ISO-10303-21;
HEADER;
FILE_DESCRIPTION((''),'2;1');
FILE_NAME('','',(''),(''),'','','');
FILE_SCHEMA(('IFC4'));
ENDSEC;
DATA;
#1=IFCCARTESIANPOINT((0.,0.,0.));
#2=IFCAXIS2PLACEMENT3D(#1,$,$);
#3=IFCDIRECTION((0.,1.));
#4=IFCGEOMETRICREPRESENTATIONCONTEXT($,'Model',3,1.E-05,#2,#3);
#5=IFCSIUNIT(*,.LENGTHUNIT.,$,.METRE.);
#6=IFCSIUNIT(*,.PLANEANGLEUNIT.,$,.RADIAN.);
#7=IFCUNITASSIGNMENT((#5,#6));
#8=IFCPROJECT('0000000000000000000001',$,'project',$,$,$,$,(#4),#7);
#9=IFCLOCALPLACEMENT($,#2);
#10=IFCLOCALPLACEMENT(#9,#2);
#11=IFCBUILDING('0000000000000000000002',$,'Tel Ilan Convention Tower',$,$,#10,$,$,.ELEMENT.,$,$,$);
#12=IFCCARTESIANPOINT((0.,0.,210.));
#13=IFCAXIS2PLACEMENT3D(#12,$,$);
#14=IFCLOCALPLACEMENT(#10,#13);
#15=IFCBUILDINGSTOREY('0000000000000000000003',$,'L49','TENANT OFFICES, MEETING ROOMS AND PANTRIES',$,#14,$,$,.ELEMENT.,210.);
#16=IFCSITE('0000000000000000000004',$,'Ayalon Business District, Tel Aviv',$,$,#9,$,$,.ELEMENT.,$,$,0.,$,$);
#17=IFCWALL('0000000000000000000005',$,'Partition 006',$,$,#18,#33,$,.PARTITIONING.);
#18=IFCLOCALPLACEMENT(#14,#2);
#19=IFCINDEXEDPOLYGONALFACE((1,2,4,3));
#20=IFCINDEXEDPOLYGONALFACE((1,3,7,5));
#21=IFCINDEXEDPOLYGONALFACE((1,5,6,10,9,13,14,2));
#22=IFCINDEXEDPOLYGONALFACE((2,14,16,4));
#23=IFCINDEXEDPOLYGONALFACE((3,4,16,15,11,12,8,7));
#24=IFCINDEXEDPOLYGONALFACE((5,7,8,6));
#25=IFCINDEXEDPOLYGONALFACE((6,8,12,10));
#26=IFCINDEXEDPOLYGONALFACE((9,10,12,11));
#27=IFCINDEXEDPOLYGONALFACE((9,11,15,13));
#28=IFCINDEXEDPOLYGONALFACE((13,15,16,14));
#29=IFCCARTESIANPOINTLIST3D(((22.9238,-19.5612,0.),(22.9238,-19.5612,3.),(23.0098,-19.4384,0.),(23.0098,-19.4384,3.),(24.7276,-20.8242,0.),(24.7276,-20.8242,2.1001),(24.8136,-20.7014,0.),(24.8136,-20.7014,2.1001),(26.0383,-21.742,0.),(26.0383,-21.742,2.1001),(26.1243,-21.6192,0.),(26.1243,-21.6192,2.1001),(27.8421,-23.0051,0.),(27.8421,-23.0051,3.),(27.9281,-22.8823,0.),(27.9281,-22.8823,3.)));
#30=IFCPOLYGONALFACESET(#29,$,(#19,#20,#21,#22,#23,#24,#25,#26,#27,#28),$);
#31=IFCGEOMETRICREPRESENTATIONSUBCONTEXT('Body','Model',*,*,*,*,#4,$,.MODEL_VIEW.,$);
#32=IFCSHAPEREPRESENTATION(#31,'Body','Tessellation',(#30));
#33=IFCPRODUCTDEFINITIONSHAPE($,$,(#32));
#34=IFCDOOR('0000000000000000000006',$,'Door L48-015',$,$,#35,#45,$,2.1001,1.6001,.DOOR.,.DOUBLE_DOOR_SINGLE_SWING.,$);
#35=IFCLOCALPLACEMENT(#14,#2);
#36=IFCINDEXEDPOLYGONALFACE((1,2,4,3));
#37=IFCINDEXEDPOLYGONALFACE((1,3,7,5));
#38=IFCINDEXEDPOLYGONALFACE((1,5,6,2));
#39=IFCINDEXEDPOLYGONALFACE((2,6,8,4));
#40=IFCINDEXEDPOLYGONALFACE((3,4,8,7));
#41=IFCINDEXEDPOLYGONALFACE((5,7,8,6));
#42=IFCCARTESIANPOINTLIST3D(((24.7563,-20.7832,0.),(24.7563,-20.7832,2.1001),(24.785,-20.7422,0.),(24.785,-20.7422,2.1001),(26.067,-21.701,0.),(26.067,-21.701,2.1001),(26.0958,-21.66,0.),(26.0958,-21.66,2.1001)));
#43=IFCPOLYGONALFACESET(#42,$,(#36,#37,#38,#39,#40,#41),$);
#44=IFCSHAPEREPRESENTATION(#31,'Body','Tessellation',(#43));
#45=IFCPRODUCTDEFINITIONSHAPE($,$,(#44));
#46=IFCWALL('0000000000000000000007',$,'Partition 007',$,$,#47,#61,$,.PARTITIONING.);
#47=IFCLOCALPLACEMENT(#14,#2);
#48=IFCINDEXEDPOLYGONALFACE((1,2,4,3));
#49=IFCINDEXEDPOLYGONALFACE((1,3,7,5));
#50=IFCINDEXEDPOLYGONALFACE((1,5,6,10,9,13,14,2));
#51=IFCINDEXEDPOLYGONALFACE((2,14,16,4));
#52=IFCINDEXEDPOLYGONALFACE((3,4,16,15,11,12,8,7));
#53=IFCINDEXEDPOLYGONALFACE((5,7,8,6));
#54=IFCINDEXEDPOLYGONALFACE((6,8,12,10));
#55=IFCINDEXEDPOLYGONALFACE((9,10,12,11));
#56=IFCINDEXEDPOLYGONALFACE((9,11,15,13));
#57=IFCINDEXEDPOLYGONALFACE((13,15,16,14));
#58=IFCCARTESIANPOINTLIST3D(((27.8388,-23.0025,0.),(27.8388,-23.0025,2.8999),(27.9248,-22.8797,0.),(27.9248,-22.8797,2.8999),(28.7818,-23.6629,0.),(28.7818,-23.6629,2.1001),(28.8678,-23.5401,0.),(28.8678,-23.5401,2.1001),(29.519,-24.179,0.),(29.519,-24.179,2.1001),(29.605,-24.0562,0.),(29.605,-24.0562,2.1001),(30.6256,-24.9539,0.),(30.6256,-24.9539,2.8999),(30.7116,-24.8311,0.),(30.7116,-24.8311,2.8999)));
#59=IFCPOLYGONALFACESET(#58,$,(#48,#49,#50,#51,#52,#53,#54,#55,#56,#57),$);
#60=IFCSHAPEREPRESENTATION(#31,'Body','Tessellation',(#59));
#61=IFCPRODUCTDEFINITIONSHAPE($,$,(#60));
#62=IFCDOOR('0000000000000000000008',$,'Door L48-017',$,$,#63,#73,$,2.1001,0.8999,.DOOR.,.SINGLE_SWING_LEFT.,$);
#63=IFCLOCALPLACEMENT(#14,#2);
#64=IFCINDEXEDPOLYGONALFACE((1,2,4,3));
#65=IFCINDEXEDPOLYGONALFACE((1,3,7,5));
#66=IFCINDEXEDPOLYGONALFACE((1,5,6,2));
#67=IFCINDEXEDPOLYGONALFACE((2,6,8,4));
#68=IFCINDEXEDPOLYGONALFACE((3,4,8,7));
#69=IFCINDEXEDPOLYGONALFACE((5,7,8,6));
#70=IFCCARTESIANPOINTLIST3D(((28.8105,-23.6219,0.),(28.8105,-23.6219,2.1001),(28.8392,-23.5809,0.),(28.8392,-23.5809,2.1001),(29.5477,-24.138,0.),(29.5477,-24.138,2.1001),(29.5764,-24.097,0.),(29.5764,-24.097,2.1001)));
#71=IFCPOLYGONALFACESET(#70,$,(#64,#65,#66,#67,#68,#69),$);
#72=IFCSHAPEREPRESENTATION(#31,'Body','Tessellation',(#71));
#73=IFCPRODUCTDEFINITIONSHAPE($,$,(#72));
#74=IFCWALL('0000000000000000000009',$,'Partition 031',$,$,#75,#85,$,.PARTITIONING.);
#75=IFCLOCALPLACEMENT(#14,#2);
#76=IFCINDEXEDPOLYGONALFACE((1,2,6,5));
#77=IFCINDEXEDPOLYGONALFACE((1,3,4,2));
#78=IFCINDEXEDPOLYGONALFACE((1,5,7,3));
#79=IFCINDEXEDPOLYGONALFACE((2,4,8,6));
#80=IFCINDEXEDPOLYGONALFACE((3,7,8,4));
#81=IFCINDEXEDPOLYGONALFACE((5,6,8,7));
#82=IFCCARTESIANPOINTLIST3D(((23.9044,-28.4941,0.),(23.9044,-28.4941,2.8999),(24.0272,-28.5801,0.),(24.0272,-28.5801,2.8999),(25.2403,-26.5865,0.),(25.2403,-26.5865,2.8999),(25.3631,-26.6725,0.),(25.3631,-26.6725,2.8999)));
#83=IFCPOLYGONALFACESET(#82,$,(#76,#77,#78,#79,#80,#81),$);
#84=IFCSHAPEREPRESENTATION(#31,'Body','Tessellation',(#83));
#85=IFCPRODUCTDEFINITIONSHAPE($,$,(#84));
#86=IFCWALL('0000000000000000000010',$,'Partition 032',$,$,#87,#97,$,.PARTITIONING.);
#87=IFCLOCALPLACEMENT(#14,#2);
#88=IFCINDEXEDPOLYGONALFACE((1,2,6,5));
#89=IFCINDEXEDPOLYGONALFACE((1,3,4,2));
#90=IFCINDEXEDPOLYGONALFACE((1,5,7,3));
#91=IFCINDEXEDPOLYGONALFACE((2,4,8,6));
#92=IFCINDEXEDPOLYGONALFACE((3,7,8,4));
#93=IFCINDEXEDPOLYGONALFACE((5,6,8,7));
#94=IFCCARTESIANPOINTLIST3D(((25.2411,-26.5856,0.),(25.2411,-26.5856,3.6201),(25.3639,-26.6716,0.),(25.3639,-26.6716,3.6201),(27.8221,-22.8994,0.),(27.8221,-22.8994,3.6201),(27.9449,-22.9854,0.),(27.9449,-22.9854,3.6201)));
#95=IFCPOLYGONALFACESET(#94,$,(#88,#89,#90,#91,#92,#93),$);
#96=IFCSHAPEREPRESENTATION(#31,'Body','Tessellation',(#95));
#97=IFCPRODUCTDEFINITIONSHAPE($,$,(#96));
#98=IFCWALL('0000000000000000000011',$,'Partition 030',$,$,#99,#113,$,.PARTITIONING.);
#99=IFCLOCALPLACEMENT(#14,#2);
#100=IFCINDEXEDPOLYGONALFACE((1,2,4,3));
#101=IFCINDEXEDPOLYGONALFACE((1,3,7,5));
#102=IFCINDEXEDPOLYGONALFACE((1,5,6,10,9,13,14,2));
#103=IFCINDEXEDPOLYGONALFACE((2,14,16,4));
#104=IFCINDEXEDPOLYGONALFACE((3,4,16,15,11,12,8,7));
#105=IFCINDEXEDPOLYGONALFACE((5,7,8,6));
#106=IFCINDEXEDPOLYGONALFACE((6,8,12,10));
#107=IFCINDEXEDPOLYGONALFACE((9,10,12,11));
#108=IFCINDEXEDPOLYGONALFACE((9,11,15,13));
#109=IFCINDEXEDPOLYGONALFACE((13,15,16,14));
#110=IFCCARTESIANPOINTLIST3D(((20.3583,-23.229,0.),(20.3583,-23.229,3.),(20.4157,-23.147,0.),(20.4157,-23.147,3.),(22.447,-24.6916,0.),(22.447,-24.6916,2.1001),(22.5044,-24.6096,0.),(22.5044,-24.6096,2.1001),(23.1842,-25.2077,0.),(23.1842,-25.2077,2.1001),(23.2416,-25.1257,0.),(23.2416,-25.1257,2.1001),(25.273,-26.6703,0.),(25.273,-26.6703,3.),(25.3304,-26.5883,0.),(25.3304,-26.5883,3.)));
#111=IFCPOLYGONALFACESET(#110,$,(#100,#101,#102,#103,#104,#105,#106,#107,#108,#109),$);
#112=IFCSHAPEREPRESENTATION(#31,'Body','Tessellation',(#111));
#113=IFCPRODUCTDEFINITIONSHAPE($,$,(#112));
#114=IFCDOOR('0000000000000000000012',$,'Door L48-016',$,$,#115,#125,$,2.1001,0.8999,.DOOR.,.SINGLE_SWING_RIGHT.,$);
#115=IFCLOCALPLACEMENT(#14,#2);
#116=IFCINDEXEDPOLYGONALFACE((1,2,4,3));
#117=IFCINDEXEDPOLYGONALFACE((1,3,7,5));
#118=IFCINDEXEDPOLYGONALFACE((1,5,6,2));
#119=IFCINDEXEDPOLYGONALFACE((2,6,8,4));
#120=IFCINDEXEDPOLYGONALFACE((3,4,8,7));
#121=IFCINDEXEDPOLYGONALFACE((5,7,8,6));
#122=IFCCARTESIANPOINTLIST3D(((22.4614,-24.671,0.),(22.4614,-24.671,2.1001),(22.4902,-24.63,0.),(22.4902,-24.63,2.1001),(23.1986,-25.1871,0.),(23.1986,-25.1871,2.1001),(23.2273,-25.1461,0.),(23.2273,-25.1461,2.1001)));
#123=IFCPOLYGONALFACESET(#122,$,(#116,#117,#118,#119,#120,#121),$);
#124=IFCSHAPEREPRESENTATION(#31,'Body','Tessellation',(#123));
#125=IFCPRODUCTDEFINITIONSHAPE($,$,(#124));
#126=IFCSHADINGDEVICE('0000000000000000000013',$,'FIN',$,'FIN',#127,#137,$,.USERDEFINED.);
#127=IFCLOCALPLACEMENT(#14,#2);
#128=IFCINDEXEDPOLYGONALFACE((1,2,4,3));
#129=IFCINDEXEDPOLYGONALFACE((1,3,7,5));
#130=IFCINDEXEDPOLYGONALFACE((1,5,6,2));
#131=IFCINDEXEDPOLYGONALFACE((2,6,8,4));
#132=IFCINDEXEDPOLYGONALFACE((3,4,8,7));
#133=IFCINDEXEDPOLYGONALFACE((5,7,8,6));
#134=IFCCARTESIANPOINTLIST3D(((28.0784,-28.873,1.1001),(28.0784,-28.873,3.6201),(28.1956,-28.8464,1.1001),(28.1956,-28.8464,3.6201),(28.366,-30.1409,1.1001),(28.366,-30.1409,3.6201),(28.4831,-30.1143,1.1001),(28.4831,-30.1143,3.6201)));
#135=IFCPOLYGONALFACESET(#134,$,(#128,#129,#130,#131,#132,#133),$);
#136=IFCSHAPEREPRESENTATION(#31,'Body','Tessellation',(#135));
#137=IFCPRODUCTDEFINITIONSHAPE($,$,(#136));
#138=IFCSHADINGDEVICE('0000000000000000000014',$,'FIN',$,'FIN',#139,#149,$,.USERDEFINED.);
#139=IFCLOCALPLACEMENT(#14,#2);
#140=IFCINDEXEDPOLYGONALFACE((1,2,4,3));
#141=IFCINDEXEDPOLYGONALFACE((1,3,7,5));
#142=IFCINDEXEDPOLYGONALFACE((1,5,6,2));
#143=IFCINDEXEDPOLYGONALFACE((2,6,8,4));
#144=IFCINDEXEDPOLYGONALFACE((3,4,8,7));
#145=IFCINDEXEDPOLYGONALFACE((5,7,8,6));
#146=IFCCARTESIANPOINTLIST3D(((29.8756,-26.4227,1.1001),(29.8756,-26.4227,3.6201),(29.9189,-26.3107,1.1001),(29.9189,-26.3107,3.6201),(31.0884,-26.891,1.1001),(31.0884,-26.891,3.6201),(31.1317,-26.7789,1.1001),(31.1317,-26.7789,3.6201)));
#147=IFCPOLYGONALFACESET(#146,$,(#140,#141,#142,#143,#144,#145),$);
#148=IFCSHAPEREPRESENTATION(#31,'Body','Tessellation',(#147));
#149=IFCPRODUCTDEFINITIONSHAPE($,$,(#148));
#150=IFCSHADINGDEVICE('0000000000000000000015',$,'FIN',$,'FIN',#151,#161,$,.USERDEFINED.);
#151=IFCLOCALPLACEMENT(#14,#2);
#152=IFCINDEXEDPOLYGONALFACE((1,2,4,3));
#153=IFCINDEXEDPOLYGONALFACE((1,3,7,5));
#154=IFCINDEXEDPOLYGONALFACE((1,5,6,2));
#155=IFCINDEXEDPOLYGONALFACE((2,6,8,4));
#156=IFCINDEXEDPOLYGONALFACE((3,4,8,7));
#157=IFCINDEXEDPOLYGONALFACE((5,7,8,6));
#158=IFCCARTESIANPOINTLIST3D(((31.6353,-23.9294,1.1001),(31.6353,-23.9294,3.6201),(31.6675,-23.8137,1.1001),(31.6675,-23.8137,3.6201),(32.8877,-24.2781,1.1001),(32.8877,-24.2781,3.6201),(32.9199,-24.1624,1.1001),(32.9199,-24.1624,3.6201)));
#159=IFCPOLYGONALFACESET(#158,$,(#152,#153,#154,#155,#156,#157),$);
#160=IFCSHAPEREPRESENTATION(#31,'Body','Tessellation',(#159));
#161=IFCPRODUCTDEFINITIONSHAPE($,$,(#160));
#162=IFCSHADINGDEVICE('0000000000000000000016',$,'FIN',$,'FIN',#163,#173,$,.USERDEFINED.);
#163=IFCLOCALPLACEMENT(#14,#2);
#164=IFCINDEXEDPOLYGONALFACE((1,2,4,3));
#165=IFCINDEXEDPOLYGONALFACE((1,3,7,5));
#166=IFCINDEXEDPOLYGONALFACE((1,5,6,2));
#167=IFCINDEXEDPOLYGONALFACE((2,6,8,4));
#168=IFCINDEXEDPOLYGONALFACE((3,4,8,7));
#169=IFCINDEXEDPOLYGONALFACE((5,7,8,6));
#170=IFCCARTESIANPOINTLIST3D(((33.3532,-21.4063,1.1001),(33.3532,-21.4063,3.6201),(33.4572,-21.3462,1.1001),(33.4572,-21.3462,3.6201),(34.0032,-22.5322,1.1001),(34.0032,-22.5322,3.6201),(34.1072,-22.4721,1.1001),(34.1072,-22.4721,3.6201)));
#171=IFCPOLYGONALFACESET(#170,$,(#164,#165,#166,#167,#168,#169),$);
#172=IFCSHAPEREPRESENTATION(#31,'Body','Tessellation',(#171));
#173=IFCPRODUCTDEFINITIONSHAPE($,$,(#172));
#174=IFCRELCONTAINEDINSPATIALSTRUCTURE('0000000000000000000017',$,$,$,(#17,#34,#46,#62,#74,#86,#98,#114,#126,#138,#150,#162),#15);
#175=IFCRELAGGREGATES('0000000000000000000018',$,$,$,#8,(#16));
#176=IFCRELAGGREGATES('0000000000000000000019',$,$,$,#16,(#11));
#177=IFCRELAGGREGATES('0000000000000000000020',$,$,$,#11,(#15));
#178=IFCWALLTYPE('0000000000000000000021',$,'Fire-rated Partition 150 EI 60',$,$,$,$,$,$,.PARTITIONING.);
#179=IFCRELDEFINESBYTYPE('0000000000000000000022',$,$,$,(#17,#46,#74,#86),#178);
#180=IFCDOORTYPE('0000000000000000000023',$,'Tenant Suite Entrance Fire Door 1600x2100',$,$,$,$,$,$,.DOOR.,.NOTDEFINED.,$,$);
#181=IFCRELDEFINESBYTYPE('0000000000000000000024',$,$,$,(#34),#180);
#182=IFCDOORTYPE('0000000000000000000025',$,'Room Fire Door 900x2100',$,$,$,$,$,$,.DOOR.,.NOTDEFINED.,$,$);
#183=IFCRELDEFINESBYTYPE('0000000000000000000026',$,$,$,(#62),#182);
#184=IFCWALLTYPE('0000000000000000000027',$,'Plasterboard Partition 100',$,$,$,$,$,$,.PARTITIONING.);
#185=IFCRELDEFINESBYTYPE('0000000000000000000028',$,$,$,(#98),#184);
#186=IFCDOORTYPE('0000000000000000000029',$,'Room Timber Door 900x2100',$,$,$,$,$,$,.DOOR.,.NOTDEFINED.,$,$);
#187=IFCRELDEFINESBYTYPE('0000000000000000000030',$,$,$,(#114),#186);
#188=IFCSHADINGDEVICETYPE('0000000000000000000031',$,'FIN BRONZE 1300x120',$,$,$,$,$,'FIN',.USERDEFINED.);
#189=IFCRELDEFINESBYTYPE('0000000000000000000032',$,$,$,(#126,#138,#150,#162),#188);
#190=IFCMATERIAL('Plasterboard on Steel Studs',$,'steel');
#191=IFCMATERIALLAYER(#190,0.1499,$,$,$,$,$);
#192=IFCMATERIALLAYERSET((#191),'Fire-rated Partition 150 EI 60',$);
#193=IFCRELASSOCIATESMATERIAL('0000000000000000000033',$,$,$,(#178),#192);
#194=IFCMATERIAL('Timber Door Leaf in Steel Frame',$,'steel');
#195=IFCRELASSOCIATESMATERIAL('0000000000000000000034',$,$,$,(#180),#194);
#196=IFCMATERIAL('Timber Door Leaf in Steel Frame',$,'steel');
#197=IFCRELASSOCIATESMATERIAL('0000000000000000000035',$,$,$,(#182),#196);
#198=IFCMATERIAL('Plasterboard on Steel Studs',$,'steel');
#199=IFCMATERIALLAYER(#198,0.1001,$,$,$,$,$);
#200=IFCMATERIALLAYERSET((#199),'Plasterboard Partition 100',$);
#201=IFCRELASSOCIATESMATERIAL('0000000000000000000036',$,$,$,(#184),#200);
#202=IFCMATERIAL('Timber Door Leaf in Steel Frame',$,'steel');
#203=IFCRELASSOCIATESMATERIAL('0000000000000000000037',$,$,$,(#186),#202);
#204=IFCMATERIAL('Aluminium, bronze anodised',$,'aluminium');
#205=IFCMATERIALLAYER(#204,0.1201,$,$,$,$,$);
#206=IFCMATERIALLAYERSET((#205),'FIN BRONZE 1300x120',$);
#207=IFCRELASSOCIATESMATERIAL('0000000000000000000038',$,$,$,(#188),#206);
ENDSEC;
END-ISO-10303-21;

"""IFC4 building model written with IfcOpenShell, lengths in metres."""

from ifc_helpers import new_model, si_unit, direction, frame, frame_2d, origin, origin_2d, place, context, subcontext, project, spatial, rectangle, extrude, material, layer, layer_set, type_object, element, fill, save


model = new_model("IFC4")

# Units and contexts
model_context = context("Model", 3, precision=1e-05, world=origin(), true_north=direction((0.0, 1.0)))
body_context = subcontext(model_context, "Body", "Model", "MODEL_VIEW")
ifc_project = project(units=[si_unit("LENGTHUNIT", "METRE"), si_unit("PLANEANGLEUNIT", "RADIAN")], contexts=[model_context])

# Site, building, storey
site_placement = place(None, origin())
site = spatial("IfcSite", under=ifc_project, at=site_placement, Name="Ayalon Business District, Tel Aviv", CompositionType="ELEMENT", RefElevation=0.0)
building_placement = place(site_placement, origin())
building = spatial("IfcBuilding", under=site, at=building_placement, Name="Tel Ilan Convention Tower", CompositionType="ELEMENT")
storey_placement = place(building_placement, frame((0.0, 0.0, 210.0)))
storey = spatial("IfcBuildingStorey", under=building, at=storey_placement, Name="L49", Description="TENANT OFFICES, MEETING ROOMS AND PANTRIES", CompositionType="ELEMENT", Elevation=210.0)

# Walls, openings, doors
ifc_material_1 = material(Name="Plasterboard on Steel Studs", Category="steel")
ifc_layer_1 = layer(ifc_material_1, 0.1499)
ifc_layer_set_1 = layer_set([ifc_layer_1], Name="Fire-rated Partition 150 EI 60")
wall_type_1 = type_object("IfcWallType", Name="Fire-rated Partition 150 EI 60", PredefinedType="PARTITIONING", material=ifc_layer_set_1)
wall_1_placement = place(storey_placement, frame((27.885, -22.9436, 0.0), z_axis=(0.0, 0.0, 1.0), x_axis=(-0.819146, 0.573585, 0.0)))
wall_1 = element("IfcWall", 1, at=wall_1_placement, inside=storey, type_object=wall_type_1, Name="Partition 006", PredefinedType="PARTITIONING", context=body_context, shape_type="SweptSolid", body=[
    extrude(rectangle(XDim=6.0042, YDim=0.1499, at=frame_2d((3.002, 0.0))), origin(), (0.0, 0.0, 1.0), 3.0),
])
opening_1_placement = place(wall_1_placement, frame((2.2019, 0.0, 0.0)))
opening_1 = element("IfcOpeningElement", 2, at=opening_1_placement, cuts=wall_1, PredefinedType="OPENING", context=body_context, shape_type="SweptSolid", body=[
    extrude(rectangle(XDim=1.6001, YDim=2.1001, at=frame_2d((0.8, 1.05))), frame((0.0, 0.085, 0.0), z_axis=(0.0, -1.0, 0.0), x_axis=(1.0, 0.0, 0.0)), (0.0, 0.0, 1.0), 0.1699),
])
ifc_material_2 = material(Name="Timber Door Leaf in Steel Frame", Category="steel")
door_type_1 = type_object("IfcDoorType", Name="Tenant Suite Entrance Fire Door 1600x2100", OperationType="NOTDEFINED", PredefinedType="DOOR", material=ifc_material_2)
door_1_placement = place(opening_1_placement, origin())
door_1 = element("IfcDoor", 3, at=door_1_placement, inside=storey, type_object=door_type_1, Name="Door L48-015", OperationType="DOUBLE_DOOR_SINGLE_SWING", OverallHeight=2.1001, OverallWidth=1.6001, PredefinedType="DOOR", context=body_context, shape_type="SweptSolid", body=[
    extrude(rectangle(XDim=1.6001, YDim=2.1001, at=frame_2d((0.8, 1.05))), frame((0.0, 0.0249, 0.0), z_axis=(0.0, -1.0, 0.0), x_axis=(1.0, 0.0, 0.0)), (0.0, 0.0, 1.0), 0.05),
])
fill(opening_1, door_1)
wall_2_placement = place(storey_placement, frame((30.6687, -24.8926, 0.0), z_axis=(0.0, 0.0, 1.0), x_axis=(-0.819148, 0.573583, 0.0)))
wall_2 = element("IfcWall", 4, at=wall_2_placement, inside=storey, type_object=wall_type_1, Name="Partition 007", PredefinedType="PARTITIONING", context=body_context, shape_type="SweptSolid", body=[
    extrude(rectangle(XDim=3.4021, YDim=0.1499, at=frame_2d((1.7012, 0.0))), origin(), (0.0, 0.0, 1.0), 2.8999),
])
opening_2_placement = place(wall_2_placement, frame((1.3511, 0.0, 0.0)))
opening_2 = element("IfcOpeningElement", 5, at=opening_2_placement, cuts=wall_2, PredefinedType="OPENING", context=body_context, shape_type="SweptSolid", body=[
    extrude(rectangle(XDim=0.8999, YDim=2.1001, at=frame_2d((0.45, 1.05))), frame((0.0, 0.085, 0.0), z_axis=(0.0, -1.0, 0.0), x_axis=(1.0, 0.0, 0.0)), (0.0, 0.0, 1.0), 0.1699),
])
ifc_material_3 = material(Name="Timber Door Leaf in Steel Frame", Category="steel")
door_type_2 = type_object("IfcDoorType", Name="Room Fire Door 900x2100", OperationType="NOTDEFINED", PredefinedType="DOOR", material=ifc_material_3)
door_2_placement = place(opening_2_placement, origin())
door_2 = element("IfcDoor", 6, at=door_2_placement, inside=storey, type_object=door_type_2, Name="Door L48-017", OperationType="SINGLE_SWING_LEFT", OverallHeight=2.1001, OverallWidth=0.8999, PredefinedType="DOOR", context=body_context, shape_type="SweptSolid", body=[
    extrude(rectangle(XDim=0.8999, YDim=2.1001, at=frame_2d((0.45, 1.05))), frame((0.0, 0.0249, 0.0), z_axis=(0.0, -1.0, 0.0), x_axis=(1.0, 0.0, 0.0)), (0.0, 0.0, 1.0), 0.05),
])
fill(opening_2, door_2)

# Walls
wall_3_placement = place(storey_placement, frame((25.3018, -26.6294, 0.0), z_axis=(0.0, 0.0, 1.0), x_axis=(-0.573617, -0.819124, 0.0)))
element("IfcWall", 7, at=wall_3_placement, inside=storey, type_object=wall_type_1, Name="Partition 031", PredefinedType="PARTITIONING", context=body_context, shape_type="SweptSolid", body=[
    extrude(rectangle(XDim=2.3289, YDim=0.1499, at=frame_2d((1.1646, 0.0))), origin(), (0.0, 0.0, 1.0), 2.8999),
])
wall_4_placement = place(storey_placement, frame((27.8835, -22.9424, 0.0), z_axis=(0.0, 0.0, 1.0), x_axis=(-0.573561, -0.819163, 0.0)))
element("IfcWall", 8, at=wall_4_placement, inside=storey, type_object=wall_type_1, Name="Partition 032", PredefinedType="PARTITIONING", context=body_context, shape_type="SweptSolid", body=[
    extrude(rectangle(XDim=4.5, YDim=0.1499, at=frame_2d((2.25, 0.0))), origin(), (0.0, 0.0, 1.0), 3.6201),
])

# Wall, opening, door
ifc_material_4 = material(Name="Plasterboard on Steel Studs", Category="steel")
ifc_layer_2 = layer(ifc_material_4, 0.1001)
ifc_layer_set_2 = layer_set([ifc_layer_2], Name="Plasterboard Partition 100")
wall_type_2 = type_object("IfcWallType", Name="Plasterboard Partition 100", PredefinedType="PARTITIONING", material=ifc_layer_set_2)
wall_5_placement = place(storey_placement, frame((25.3018, -26.6294, 0.0), z_axis=(0.0, 0.0, 1.0), x_axis=(-0.81915, 0.57358, 0.0)))
wall_5 = element("IfcWall", 9, at=wall_5_placement, inside=storey, type_object=wall_type_2, Name="Partition 030", PredefinedType="PARTITIONING", context=body_context, shape_type="SweptSolid", body=[
    extrude(rectangle(XDim=5.9998, YDim=0.1001, at=frame_2d((3.0, 0.0))), origin(), (0.0, 0.0, 1.0), 3.0),
])
opening_3_placement = place(wall_5_placement, frame((2.55, 0.0, 0.0)))
opening_3 = element("IfcOpeningElement", 10, at=opening_3_placement, cuts=wall_5, PredefinedType="OPENING", context=body_context, shape_type="SweptSolid", body=[
    extrude(rectangle(XDim=0.8999, YDim=2.1001, at=frame_2d((0.45, 1.05))), frame((0.0, 0.0601, 0.0), z_axis=(0.0, -1.0, 0.0), x_axis=(1.0, 0.0, 0.0)), (0.0, 0.0, 1.0), 0.1201),
])
ifc_material_5 = material(Name="Timber Door Leaf in Steel Frame", Category="steel")
door_type_3 = type_object("IfcDoorType", Name="Room Timber Door 900x2100", OperationType="NOTDEFINED", PredefinedType="DOOR", material=ifc_material_5)
door_3_placement = place(opening_3_placement, origin())
door_3 = element("IfcDoor", 11, at=door_3_placement, inside=storey, type_object=door_type_3, Name="Door L48-016", OperationType="SINGLE_SWING_RIGHT", OverallHeight=2.1001, OverallWidth=0.8999, PredefinedType="DOOR", context=body_context, shape_type="SweptSolid", body=[
    extrude(rectangle(XDim=0.8999, YDim=2.1001, at=frame_2d((0.45, 1.05))), frame((0.0, 0.0249, 0.0), z_axis=(0.0, -1.0, 0.0), x_axis=(1.0, 0.0, 0.0)), (0.0, 0.0, 1.0), 0.05),
])
fill(opening_3, door_3)

# Shading devices
ifc_material_6 = material(Name="Aluminium, bronze anodised", Category="aluminium")
ifc_layer_3 = layer(ifc_material_6, 0.1201)
ifc_layer_set_3 = layer_set([ifc_layer_3], Name="FIN BRONZE 1300x120")
shading_device_type = type_object("IfcShadingDeviceType", Name="FIN BRONZE 1300x120", ElementType="FIN", PredefinedType="USERDEFINED", material=ifc_layer_set_3)
for number, where, z_axis, x_axis, name in (
    (12, (28.2808, -29.4937, 1.1001), (0.0, 0.0, 1.0), (0.22117, -0.975235, 0.0), "FIN"),
    (13, (30.5037, -26.6008, 1.1001), (0.0, 0.0, 1.0), (0.932884, -0.360178, 0.0), "FIN"),
    (14, (32.2776, -24.0459, 1.1001), (0.0, 0.0, 1.0), (0.963371, -0.268173, 0.0), "FIN"),
    (15, (33.7302, -21.9392, 1.1001), (0.0, 0.0, 1.0), (0.5, -0.866025, 0.0), "FIN"),
):
    element("IfcShadingDevice", number, at=place(storey_placement, frame(where, z_axis=z_axis, x_axis=x_axis)), inside=storey, type_object=shading_device_type, Name=name, ObjectType="FIN", PredefinedType="USERDEFINED", context=body_context, shape_type="SweptSolid", body=[
        extrude(rectangle(XDim=1.3, YDim=0.1201, at=origin_2d()), origin(), (0.0, 0.0, 1.0), 2.52),
    ])

save(model, "model.ifc")
